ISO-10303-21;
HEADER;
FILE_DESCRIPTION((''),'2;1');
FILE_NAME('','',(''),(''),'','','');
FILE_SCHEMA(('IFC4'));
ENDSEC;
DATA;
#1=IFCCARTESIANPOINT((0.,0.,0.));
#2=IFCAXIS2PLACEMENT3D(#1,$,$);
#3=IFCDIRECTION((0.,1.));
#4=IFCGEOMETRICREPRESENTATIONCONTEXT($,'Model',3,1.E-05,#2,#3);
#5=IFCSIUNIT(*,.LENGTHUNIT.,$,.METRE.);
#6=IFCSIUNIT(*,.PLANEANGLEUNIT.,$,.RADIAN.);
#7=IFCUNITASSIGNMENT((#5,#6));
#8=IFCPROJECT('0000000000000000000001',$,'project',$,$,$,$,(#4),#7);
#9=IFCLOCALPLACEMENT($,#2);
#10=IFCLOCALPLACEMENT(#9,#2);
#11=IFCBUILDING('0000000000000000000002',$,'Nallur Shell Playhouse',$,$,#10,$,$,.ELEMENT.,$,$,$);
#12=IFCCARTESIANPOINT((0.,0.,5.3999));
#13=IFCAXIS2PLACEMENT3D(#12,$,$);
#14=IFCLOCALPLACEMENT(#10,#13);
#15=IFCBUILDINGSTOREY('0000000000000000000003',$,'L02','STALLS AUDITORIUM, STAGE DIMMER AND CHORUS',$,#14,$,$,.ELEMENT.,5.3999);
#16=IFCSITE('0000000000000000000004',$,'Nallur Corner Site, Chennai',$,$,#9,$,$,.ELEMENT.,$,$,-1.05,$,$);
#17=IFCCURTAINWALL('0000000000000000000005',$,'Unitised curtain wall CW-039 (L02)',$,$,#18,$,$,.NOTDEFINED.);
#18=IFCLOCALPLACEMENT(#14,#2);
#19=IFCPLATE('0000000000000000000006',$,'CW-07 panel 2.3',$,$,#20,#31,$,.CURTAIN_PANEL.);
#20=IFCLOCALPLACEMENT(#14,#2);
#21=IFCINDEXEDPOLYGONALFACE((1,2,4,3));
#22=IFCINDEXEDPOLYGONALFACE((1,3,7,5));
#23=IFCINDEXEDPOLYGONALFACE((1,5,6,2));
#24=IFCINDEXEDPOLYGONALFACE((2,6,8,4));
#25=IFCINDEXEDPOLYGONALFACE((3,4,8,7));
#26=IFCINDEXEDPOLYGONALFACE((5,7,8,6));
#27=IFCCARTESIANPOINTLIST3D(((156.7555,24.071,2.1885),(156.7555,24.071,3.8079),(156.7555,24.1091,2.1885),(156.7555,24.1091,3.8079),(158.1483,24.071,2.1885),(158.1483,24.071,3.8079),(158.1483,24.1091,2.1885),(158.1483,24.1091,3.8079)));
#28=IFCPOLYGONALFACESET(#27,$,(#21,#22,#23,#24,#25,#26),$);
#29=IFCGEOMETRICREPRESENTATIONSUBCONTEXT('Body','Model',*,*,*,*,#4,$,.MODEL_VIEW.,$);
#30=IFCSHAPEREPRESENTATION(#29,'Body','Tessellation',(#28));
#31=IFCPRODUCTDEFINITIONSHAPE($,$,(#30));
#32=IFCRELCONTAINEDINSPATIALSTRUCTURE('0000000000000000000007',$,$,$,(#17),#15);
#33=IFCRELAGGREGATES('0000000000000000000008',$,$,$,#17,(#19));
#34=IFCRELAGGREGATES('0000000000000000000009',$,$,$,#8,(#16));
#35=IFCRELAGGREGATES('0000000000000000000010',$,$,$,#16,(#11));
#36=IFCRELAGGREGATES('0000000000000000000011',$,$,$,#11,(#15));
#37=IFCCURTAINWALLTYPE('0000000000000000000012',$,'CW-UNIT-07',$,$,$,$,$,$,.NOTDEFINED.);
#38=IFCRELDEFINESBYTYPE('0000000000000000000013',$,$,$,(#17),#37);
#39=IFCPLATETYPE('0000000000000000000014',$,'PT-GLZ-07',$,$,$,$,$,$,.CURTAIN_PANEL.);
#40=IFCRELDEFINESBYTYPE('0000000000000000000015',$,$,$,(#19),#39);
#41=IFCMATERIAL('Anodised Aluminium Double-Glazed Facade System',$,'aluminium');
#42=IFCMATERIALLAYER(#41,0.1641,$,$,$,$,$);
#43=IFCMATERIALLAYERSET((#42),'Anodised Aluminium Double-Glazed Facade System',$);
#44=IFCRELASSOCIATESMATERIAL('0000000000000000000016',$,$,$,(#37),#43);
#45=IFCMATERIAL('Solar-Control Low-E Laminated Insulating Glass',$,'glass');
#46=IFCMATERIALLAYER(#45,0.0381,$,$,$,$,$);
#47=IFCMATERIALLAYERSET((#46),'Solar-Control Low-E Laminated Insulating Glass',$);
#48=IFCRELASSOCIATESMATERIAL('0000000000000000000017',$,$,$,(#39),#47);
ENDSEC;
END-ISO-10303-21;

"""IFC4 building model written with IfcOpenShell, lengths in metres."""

from ifc_helpers import new_model, si_unit, direction, frame, origin, origin_2d, place, context, subcontext, project, spatial, rectangle, extrude, material, layer, layer_set, type_object, element, aggregate, save


model = new_model("IFC4")

# Units and contexts
model_context = context("Model", 3, precision=1e-05, world=origin(), true_north=direction((0.0, 1.0)))
body_context = subcontext(model_context, "Body", "Model", "MODEL_VIEW")
ifc_project = project(units=[si_unit("LENGTHUNIT", "METRE"), si_unit("PLANEANGLEUNIT", "RADIAN")], contexts=[model_context])

# Site, building, storey
site_placement = place(None, origin())
site = spatial("IfcSite", under=ifc_project, at=site_placement, Name="Nallur Corner Site, Chennai", CompositionType="ELEMENT", RefElevation=-1.05)
building_placement = place(site_placement, origin())
building = spatial("IfcBuilding", under=site, at=building_placement, Name="Nallur Shell Playhouse", CompositionType="ELEMENT")
storey_placement = place(building_placement, frame((0.0, 0.0, 5.3999)))
storey = spatial("IfcBuildingStorey", under=building, at=storey_placement, Name="L02", Description="STALLS AUDITORIUM, STAGE DIMMER AND CHORUS", CompositionType="ELEMENT", Elevation=5.3999)

# Shared definitions
ifc_material_1 = material(Name="Anodised Aluminium Double-Glazed Facade System", Category="aluminium")

# Curtain wall
ifc_layer_1 = layer(ifc_material_1, 0.1641)
ifc_layer_set_1 = layer_set([ifc_layer_1], Name="Anodised Aluminium Double-Glazed Facade System")
curtain_wall_type_1 = type_object("IfcCurtainWallType", Name="CW-UNIT-07", PredefinedType="NOTDEFINED", material=ifc_layer_set_1)
curtain_wall_1_placement = place(storey_placement, origin())
curtain_wall_1 = element("IfcCurtainWall", 1, at=curtain_wall_1_placement, inside=storey, type_object=curtain_wall_type_1, Name="Unitised curtain wall CW-039 (L02)", PredefinedType="NOTDEFINED")

# Plate
ifc_material_2 = material(Name="Solar-Control Low-E Laminated Insulating Glass", Category="glass")
ifc_layer_2 = layer(ifc_material_2, 0.0381)
ifc_layer_set_2 = layer_set([ifc_layer_2], Name="Solar-Control Low-E Laminated Insulating Glass")
plate_type = type_object("IfcPlateType", Name="PT-GLZ-07", PredefinedType="CURTAIN_PANEL", material=ifc_layer_set_2)
plate_1_placement = place(storey_placement, frame((157.4519, 24.0901, 2.1885), z_axis=(0.0, 0.0, 1.0), x_axis=(-1.0, 0.0, 0.0)))
plate_1 = element("IfcPlate", 2, at=plate_1_placement, type_object=plate_type, Name="CW-07 panel 2.3", PredefinedType="CURTAIN_PANEL", context=body_context, shape_type="SweptSolid", body=[
    extrude(rectangle(XDim=1.3928, YDim=0.0381, at=origin_2d()), origin(), (0.0, 0.0, 1.0), 1.6194),
])
aggregate(curtain_wall_1, [plate_1])

save(model, "model.ifc")
